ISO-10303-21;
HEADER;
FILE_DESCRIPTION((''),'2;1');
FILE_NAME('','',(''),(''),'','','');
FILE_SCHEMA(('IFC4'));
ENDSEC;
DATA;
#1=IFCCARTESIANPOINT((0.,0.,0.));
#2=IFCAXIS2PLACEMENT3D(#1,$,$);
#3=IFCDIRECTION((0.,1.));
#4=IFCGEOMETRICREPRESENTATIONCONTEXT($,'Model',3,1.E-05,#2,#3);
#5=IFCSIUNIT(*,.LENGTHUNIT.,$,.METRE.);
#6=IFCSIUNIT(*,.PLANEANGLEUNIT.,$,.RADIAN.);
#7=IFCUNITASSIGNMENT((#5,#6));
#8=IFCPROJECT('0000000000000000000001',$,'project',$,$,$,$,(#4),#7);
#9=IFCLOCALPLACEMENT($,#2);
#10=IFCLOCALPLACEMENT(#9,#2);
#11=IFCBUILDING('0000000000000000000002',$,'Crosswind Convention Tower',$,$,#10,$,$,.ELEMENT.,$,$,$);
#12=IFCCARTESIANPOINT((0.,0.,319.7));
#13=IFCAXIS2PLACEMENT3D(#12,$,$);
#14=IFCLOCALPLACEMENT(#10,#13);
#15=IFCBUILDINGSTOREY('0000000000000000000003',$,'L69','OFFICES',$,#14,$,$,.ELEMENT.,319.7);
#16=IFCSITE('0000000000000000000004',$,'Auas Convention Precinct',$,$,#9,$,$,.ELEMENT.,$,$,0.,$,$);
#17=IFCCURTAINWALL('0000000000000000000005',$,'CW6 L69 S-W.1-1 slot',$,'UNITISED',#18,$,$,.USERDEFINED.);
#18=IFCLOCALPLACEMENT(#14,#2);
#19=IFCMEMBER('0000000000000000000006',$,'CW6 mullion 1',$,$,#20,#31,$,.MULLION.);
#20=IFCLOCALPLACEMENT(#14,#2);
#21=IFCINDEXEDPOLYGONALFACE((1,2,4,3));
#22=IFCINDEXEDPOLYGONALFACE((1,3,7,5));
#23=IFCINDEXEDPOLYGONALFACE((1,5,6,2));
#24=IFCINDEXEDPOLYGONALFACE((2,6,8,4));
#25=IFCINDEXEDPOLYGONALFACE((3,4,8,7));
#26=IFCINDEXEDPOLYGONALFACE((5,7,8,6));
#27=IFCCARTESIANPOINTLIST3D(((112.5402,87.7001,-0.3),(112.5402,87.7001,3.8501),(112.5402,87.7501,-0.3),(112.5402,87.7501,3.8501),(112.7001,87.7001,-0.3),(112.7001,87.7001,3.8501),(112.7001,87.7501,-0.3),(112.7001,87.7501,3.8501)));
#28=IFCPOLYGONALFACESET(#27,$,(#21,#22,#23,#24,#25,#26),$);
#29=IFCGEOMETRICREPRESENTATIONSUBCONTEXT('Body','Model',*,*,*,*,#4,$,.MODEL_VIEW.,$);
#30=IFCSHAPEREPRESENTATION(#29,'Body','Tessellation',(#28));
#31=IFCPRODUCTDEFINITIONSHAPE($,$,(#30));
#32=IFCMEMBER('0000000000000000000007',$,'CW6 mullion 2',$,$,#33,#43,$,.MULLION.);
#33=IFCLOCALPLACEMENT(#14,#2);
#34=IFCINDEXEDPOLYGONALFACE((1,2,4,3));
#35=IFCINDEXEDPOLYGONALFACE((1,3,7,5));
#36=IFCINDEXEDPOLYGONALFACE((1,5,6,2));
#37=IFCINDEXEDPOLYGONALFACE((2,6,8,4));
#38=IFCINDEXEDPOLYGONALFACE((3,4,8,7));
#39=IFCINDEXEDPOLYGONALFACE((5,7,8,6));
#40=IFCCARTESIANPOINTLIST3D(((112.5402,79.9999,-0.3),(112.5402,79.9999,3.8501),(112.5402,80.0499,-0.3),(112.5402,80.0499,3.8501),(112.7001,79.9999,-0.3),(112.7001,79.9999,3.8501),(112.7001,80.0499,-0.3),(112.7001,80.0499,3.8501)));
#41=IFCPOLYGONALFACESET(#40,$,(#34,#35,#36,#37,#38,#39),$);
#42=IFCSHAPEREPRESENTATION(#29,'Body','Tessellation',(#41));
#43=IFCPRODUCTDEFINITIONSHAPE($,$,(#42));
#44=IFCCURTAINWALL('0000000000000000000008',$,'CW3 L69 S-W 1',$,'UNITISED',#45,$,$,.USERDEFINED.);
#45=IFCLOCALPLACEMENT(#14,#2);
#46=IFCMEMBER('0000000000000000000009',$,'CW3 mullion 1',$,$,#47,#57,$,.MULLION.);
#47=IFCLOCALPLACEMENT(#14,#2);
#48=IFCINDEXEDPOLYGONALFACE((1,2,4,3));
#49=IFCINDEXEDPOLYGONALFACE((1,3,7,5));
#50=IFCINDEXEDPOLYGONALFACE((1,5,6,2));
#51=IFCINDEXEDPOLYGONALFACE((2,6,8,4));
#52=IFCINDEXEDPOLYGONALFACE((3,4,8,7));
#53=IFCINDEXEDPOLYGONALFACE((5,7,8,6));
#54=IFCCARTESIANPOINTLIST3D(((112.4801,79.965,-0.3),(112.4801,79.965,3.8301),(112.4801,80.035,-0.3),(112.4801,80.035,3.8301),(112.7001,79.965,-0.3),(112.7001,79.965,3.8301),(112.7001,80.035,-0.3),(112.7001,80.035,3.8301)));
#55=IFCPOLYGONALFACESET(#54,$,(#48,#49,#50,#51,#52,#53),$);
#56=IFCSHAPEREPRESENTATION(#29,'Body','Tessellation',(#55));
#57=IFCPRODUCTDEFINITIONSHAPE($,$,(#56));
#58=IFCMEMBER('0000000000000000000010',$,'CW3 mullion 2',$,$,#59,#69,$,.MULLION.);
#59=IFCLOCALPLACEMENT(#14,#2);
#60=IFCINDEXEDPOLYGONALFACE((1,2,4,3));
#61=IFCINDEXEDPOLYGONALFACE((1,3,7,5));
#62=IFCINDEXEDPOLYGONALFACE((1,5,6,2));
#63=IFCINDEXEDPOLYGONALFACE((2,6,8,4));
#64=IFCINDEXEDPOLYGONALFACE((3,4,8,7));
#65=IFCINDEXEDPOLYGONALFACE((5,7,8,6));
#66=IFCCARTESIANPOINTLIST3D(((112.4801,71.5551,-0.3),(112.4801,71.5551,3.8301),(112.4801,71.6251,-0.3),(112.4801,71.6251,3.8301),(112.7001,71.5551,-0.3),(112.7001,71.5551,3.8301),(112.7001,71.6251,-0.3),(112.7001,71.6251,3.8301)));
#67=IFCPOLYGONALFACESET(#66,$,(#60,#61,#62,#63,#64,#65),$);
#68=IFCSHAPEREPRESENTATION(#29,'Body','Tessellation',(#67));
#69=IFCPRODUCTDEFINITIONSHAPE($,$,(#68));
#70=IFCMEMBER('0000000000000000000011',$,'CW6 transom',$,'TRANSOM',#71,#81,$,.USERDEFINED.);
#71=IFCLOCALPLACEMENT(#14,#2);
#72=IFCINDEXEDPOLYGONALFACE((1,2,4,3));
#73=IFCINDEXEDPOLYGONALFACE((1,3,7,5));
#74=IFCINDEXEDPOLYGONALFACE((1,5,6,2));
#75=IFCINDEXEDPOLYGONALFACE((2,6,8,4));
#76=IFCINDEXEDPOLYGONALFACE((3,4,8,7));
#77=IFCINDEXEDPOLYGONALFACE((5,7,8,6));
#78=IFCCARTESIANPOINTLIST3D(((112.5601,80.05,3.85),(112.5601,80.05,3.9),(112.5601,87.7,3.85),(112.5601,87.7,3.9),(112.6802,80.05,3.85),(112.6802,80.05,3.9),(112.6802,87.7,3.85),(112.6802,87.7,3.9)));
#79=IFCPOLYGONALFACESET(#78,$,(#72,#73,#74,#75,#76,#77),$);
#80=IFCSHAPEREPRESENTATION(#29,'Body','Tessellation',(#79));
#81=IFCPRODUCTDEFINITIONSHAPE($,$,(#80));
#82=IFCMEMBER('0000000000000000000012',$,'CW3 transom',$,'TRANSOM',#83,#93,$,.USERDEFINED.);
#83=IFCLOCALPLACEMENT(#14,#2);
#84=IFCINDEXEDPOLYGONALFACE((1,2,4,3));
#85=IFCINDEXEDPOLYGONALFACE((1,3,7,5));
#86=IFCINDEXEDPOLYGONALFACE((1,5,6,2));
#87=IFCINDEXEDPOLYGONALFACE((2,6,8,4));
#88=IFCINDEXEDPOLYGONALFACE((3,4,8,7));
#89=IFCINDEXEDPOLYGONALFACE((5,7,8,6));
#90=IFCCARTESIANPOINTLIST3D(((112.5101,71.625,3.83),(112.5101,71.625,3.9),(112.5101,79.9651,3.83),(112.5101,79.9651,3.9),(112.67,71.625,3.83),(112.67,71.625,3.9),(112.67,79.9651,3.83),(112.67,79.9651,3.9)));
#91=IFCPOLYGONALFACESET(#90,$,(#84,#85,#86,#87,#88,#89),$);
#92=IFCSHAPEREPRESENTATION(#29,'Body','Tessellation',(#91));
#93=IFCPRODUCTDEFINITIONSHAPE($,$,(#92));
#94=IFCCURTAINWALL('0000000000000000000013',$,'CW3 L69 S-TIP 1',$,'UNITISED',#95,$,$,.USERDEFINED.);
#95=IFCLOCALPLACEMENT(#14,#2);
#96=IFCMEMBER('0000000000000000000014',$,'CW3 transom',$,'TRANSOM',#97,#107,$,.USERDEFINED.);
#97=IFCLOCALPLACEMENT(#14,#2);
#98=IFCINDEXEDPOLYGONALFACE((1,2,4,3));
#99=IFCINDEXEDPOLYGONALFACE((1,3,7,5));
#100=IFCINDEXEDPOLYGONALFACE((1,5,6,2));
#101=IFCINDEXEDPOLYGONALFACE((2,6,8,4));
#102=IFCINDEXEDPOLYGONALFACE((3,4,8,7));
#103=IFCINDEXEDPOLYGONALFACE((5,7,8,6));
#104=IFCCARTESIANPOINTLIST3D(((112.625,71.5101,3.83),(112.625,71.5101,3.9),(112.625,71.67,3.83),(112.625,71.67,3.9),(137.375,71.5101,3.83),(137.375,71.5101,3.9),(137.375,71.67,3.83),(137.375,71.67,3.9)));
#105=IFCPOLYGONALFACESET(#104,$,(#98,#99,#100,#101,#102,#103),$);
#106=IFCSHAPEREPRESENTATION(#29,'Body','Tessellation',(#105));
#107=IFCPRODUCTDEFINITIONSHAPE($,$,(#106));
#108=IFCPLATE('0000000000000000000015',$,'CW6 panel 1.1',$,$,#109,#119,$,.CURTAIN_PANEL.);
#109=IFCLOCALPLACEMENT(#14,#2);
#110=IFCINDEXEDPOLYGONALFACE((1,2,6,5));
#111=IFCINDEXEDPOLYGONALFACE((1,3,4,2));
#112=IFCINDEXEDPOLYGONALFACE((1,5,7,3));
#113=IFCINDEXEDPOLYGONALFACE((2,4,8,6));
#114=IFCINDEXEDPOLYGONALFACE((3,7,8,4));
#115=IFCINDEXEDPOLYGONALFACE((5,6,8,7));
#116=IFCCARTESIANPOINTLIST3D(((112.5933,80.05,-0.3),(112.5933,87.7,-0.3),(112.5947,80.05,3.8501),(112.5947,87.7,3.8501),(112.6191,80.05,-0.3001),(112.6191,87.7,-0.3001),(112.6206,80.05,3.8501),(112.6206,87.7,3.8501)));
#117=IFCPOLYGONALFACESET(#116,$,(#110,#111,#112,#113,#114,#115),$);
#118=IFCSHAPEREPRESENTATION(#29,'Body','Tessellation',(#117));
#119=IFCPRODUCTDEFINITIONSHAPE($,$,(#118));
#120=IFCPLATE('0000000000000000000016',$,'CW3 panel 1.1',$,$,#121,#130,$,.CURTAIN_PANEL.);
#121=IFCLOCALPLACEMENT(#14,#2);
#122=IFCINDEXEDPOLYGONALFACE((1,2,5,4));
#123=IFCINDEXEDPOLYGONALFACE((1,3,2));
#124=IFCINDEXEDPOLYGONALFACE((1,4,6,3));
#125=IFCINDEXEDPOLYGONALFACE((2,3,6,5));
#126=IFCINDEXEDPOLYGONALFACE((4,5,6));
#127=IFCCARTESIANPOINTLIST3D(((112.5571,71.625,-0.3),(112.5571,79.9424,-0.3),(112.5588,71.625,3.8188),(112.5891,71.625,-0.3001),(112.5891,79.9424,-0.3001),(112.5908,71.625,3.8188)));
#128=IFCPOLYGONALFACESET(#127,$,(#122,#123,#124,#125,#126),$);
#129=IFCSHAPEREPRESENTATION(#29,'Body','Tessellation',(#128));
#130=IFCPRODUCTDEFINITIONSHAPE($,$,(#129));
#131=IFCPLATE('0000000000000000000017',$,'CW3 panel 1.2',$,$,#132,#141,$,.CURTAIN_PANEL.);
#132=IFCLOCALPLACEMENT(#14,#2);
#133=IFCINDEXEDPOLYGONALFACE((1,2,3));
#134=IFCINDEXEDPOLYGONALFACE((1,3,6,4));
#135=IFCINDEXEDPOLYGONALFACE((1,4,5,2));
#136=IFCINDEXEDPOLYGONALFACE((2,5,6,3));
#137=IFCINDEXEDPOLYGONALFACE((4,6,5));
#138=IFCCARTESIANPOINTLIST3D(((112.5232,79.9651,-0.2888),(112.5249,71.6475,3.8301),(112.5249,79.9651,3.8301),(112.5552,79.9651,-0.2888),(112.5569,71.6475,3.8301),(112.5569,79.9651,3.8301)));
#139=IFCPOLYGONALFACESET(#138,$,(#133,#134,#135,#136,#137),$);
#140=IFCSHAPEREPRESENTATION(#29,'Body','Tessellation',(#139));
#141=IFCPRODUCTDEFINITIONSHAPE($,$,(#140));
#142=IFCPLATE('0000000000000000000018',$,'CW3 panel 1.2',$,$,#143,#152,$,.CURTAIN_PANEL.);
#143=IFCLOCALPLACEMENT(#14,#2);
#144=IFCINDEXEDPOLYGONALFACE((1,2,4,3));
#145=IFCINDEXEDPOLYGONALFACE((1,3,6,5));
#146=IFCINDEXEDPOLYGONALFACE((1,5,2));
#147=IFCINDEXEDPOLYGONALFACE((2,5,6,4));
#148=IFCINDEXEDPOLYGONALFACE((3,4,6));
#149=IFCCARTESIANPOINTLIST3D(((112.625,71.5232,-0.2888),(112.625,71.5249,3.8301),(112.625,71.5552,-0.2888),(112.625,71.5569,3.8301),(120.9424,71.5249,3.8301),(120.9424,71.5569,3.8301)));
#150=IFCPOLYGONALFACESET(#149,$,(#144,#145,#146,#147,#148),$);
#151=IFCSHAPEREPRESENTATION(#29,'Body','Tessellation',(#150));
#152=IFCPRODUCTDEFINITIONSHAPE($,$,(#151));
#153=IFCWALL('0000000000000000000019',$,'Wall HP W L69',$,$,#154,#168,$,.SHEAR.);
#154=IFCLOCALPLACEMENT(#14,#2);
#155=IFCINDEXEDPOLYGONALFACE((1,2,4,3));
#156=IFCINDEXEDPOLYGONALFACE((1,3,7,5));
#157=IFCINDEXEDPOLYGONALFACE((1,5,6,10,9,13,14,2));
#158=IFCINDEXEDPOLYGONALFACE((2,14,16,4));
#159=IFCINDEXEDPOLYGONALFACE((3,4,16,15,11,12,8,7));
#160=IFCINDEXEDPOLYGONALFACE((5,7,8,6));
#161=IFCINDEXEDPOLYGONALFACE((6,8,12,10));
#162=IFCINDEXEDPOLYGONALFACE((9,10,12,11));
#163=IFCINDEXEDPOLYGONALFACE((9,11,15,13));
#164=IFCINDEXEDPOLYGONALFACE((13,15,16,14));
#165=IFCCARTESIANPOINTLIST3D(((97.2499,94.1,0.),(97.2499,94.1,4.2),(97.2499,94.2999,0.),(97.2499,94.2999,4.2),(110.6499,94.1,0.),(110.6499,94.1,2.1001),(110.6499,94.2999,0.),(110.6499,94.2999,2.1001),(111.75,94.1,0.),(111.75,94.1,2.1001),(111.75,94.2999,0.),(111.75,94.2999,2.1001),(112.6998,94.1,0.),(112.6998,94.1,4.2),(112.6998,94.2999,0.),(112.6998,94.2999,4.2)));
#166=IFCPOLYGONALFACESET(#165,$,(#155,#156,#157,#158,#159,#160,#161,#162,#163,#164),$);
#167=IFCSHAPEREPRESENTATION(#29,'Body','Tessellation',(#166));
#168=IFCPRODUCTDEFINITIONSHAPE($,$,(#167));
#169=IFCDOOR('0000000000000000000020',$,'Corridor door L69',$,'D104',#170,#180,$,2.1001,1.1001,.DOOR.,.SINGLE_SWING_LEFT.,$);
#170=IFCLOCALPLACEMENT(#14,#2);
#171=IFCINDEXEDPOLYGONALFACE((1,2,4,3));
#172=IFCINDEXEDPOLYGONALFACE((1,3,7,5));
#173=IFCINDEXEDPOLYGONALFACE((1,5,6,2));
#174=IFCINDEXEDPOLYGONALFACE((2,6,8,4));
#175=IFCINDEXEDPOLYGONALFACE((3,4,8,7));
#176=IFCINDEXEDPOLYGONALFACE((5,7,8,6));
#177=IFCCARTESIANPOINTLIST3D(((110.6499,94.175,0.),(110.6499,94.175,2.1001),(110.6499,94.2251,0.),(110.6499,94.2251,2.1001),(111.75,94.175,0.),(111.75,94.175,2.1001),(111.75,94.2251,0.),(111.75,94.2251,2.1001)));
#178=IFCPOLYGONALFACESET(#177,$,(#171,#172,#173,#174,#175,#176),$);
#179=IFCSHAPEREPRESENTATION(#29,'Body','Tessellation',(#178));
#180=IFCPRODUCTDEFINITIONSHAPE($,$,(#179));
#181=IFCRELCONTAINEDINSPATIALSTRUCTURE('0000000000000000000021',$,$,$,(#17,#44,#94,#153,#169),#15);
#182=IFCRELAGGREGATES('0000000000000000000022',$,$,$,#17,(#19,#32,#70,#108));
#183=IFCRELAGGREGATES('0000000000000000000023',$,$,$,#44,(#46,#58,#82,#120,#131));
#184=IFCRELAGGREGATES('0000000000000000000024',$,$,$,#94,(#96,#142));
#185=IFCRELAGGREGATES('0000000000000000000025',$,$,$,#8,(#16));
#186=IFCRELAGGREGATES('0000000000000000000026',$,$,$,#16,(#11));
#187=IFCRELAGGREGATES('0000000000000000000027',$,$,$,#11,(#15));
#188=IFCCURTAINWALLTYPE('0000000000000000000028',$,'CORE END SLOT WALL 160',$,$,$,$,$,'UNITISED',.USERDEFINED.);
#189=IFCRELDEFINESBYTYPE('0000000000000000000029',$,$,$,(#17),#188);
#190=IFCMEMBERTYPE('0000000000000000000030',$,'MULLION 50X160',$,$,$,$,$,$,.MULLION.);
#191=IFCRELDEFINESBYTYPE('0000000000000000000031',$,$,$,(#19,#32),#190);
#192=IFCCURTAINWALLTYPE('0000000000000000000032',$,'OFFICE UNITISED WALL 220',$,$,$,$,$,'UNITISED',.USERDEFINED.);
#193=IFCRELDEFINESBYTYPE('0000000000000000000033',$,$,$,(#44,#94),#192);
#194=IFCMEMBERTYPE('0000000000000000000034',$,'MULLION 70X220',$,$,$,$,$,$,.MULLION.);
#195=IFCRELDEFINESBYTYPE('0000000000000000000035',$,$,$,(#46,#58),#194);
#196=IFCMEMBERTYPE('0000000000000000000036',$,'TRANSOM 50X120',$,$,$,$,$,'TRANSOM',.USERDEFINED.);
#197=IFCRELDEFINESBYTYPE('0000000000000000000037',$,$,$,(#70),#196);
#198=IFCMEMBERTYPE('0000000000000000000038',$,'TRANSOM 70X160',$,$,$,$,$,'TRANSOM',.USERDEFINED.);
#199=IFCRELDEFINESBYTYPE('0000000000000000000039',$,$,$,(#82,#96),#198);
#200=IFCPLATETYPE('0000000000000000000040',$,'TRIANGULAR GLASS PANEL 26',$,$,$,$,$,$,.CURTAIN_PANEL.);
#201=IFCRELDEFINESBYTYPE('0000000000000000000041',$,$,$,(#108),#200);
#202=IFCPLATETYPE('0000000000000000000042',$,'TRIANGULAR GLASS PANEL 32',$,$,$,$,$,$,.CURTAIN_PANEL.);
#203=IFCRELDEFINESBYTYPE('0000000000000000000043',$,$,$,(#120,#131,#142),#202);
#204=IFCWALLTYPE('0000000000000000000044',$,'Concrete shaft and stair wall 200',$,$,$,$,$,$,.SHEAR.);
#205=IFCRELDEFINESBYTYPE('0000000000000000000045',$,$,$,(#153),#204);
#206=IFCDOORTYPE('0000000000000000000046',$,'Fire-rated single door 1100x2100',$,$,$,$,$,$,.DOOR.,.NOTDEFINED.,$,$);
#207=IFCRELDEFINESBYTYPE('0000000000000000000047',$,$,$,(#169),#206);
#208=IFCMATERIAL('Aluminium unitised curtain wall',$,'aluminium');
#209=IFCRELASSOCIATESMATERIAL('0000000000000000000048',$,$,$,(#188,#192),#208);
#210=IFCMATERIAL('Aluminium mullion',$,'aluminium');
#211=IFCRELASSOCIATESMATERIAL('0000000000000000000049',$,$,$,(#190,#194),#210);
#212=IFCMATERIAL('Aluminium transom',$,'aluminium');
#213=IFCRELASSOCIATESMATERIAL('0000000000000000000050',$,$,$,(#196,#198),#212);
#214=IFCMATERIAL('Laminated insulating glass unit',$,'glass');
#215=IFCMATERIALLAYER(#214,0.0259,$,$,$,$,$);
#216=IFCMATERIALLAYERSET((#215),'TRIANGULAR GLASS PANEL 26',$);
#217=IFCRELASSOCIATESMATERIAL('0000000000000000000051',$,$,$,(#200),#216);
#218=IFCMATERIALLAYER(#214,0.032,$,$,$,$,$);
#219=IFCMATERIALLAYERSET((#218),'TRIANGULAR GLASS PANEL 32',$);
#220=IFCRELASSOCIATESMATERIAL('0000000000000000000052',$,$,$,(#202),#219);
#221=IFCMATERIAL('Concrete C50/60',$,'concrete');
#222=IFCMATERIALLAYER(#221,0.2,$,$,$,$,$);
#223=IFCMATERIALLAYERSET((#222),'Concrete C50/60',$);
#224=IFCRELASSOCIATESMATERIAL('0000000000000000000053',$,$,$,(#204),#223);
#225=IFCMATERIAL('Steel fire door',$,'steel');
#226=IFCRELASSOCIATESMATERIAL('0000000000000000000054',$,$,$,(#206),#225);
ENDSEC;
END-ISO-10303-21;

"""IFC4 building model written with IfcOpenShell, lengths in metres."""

from ifc_helpers import new_model, si_unit, direction, frame, frame_2d, origin, origin_2d, place, context, subcontext, project, spatial, polyline, rectangle, outline, extrude, material, layer, layer_set, material_profile, profile_set, type_object, element, fill, aggregate, save


model = new_model("IFC4")

# Units and contexts
model_context = context("Model", 3, precision=1e-05, world=origin(), true_north=direction((0.0, 1.0)))
body_context = subcontext(model_context, "Body", "Model", "MODEL_VIEW")
ifc_project = project(units=[si_unit("LENGTHUNIT", "METRE"), si_unit("PLANEANGLEUNIT", "RADIAN")], contexts=[model_context])

# Site, building, storey
site_placement = place(None, origin())
site = spatial("IfcSite", under=ifc_project, at=site_placement, Name="Auas Convention Precinct", CompositionType="ELEMENT", RefElevation=0.0)
building_placement = place(site_placement, origin())
building = spatial("IfcBuilding", under=site, at=building_placement, Name="Crosswind Convention Tower", CompositionType="ELEMENT")
storey_placement = place(building_placement, frame((0.0, 0.0, 319.7)))
storey = spatial("IfcBuildingStorey", under=building, at=storey_placement, Name="L69", Description="OFFICES", CompositionType="ELEMENT", Elevation=319.7)

# Curtain walls, members
ifc_material_1 = material(Name="Aluminium unitised curtain wall", Category="aluminium")
curtain_wall_type_1 = type_object("IfcCurtainWallType", Name="CORE END SLOT WALL 160", ElementType="UNITISED", PredefinedType="USERDEFINED", material=ifc_material_1)
curtain_wall_1_placement = place(storey_placement, origin())
curtain_wall_1 = element("IfcCurtainWall", 1, at=curtain_wall_1_placement, inside=storey, type_object=curtain_wall_type_1, Name="CW6 L69 S-W.1-1 slot", ObjectType="UNITISED", PredefinedType="USERDEFINED")
ifc_material_2 = material(Name="Aluminium mullion", Category="aluminium")
ifc_material_profile_1 = material_profile(ifc_material_2, rectangle(XDim=0.1599, YDim=0.05, at=origin_2d()), Name="AL 160X50")
ifc_profile_set_1 = profile_set([ifc_material_profile_1], Name="Aluminium mullion")
member_type_1 = type_object("IfcMemberType", Name="MULLION 50X160", PredefinedType="MULLION", material=ifc_profile_set_1)
member_1_placement = place(storey_placement, frame((112.6201, 87.7251, -0.3), z_axis=(0.0, 0.0, 1.0), x_axis=(-1.0, 0.0, 0.0)))
member_1 = element("IfcMember", 2, at=member_1_placement, type_object=member_type_1, Name="CW6 mullion 1", PredefinedType="MULLION", context=body_context, shape_type="SweptSolid", body=[
    extrude(rectangle(XDim=0.1599, YDim=0.05, at=origin_2d()), origin(), (0.0, 0.0, 1.0), 4.1501),
])
member_2_placement = place(storey_placement, frame((112.6201, 80.0249, -0.3), z_axis=(0.0, 0.0, 1.0), x_axis=(-1.0, 0.0, 0.0)))
member_2 = element("IfcMember", 3, at=member_2_placement, type_object=member_type_1, Name="CW6 mullion 2", PredefinedType="MULLION", context=body_context, shape_type="SweptSolid", body=[
    extrude(rectangle(XDim=0.1599, YDim=0.05, at=origin_2d()), origin(), (0.0, 0.0, 1.0), 4.1501),
])
curtain_wall_type_2 = type_object("IfcCurtainWallType", Name="OFFICE UNITISED WALL 220", ElementType="UNITISED", PredefinedType="USERDEFINED", material=ifc_material_1)
curtain_wall_2_placement = place(storey_placement, origin())
curtain_wall_2 = element("IfcCurtainWall", 4, at=curtain_wall_2_placement, inside=storey, type_object=curtain_wall_type_2, Name="CW3 L69 S-W 1", ObjectType="UNITISED", PredefinedType="USERDEFINED")
ifc_material_profile_2 = material_profile(ifc_material_2, rectangle(XDim=0.22, YDim=0.0701, at=origin_2d()), Name="AL 220X70")
ifc_profile_set_2 = profile_set([ifc_material_profile_2], Name="Aluminium mullion")
member_type_2 = type_object("IfcMemberType", Name="MULLION 70X220", PredefinedType="MULLION", material=ifc_profile_set_2)
member_3_placement = place(storey_placement, frame((112.5901, 80.0, -0.3), z_axis=(0.0, 0.0, 1.0), x_axis=(-1.0, 0.0, 0.0)))
member_3 = element("IfcMember", 5, at=member_3_placement, type_object=member_type_2, Name="CW3 mullion 1", PredefinedType="MULLION", context=body_context, shape_type="SweptSolid", body=[
    extrude(rectangle(XDim=0.22, YDim=0.0701, at=origin_2d()), origin(), (0.0, 0.0, 1.0), 4.1301),
])
member_4_placement = place(storey_placement, frame((112.5901, 71.5901, -0.3), z_axis=(0.0, 0.0, 1.0), x_axis=(-1.0, 0.0, 0.0)))
member_4 = element("IfcMember", 6, at=member_4_placement, type_object=member_type_2, Name="CW3 mullion 2", PredefinedType="MULLION", context=body_context, shape_type="SweptSolid", body=[
    extrude(rectangle(XDim=0.22, YDim=0.0701, at=origin_2d()), origin(), (0.0, 0.0, 1.0), 4.1301),
])

# Members
ifc_material_3 = material(Name="Aluminium transom", Category="aluminium")
ifc_material_profile_3 = material_profile(ifc_material_3, rectangle(XDim=0.1201, YDim=0.05, at=origin_2d()), Name="AL 120X50")
ifc_profile_set_3 = profile_set([ifc_material_profile_3], Name="Aluminium transom")
member_type_3 = type_object("IfcMemberType", Name="TRANSOM 50X120", ElementType="TRANSOM", PredefinedType="USERDEFINED", material=ifc_profile_set_3)
member_5_placement = place(storey_placement, frame((112.6201, 87.7, 3.875), z_axis=(0.0, -1.0, 0.0), x_axis=(1.0, 0.0, 0.0)))
member_5 = element("IfcMember", 7, at=member_5_placement, type_object=member_type_3, Name="CW6 transom", ObjectType="TRANSOM", PredefinedType="USERDEFINED", context=body_context, shape_type="SweptSolid", body=[
    extrude(rectangle(XDim=0.1201, YDim=0.05, at=origin_2d()), origin(), (0.0, 0.0, 1.0), 7.6499),
])
ifc_material_profile_4 = material_profile(ifc_material_3, rectangle(XDim=0.1599, YDim=0.0701, at=origin_2d()), Name="AL 160X70")
ifc_profile_set_4 = profile_set([ifc_material_profile_4], Name="Aluminium transom")
member_type_4 = type_object("IfcMemberType", Name="TRANSOM 70X160", ElementType="TRANSOM", PredefinedType="USERDEFINED", material=ifc_profile_set_4)
member_6_placement = place(storey_placement, frame((112.5901, 79.9651, 3.865), z_axis=(0.0, -1.0, 0.0), x_axis=(1.0, 0.0, 0.0)))
member_6 = element("IfcMember", 8, at=member_6_placement, type_object=member_type_4, Name="CW3 transom", ObjectType="TRANSOM", PredefinedType="USERDEFINED", context=body_context, shape_type="SweptSolid", body=[
    extrude(rectangle(XDim=0.1599, YDim=0.0701, at=origin_2d()), origin(), (0.0, 0.0, 1.0), 8.3401),
])

# Curtain wall, member
curtain_wall_3_placement = place(storey_placement, origin())
curtain_wall_3 = element("IfcCurtainWall", 9, at=curtain_wall_3_placement, inside=storey, type_object=curtain_wall_type_2, Name="CW3 L69 S-TIP 1", ObjectType="UNITISED", PredefinedType="USERDEFINED")
member_7_placement = place(storey_placement, frame((112.625, 71.5901, 3.865), z_axis=(1.0, 0.0, 0.0), x_axis=(0.0, 1.0, 0.0)))
member_7 = element("IfcMember", 10, at=member_7_placement, type_object=member_type_4, Name="CW3 transom", ObjectType="TRANSOM", PredefinedType="USERDEFINED", context=body_context, shape_type="SweptSolid", body=[
    extrude(rectangle(XDim=0.1599, YDim=0.0701, at=origin_2d()), origin(), (0.0, 0.0, 1.0), 24.75),
])

# Plates
ifc_material_4 = material(Name="Laminated insulating glass unit", Category="glass")
ifc_layer_1 = layer(ifc_material_4, 0.0259)
ifc_layer_set_1 = layer_set([ifc_layer_1], Name="TRIANGULAR GLASS PANEL 26")
plate_type_1 = type_object("IfcPlateType", Name="TRIANGULAR GLASS PANEL 26", PredefinedType="CURTAIN_PANEL", material=ifc_layer_set_1)
plate_1_placement = place(storey_placement, frame((112.5933, 87.7, -0.3), z_axis=(-1.0, 0.0, 0.000353), x_axis=(0.0, -1.0, 0.0)))
plate_1 = element("IfcPlate", 11, at=plate_1_placement, type_object=plate_type_1, Name="CW6 panel 1.1", PredefinedType="CURTAIN_PANEL", context=body_context, shape_type="SweptSolid", body=[
    extrude(outline(polyline([(0.0, 0.0), (7.6499, 0.0), (7.6499, 4.1501), (0.0, 4.1501), (0.0, 0.0)])), origin(), (0.0, 0.0, -1.0), 0.0259),
])
aggregate(curtain_wall_1, [member_1, member_2, member_5, plate_1])
ifc_layer_2 = layer(ifc_material_4, 0.032)
ifc_layer_set_2 = layer_set([ifc_layer_2], Name="TRIANGULAR GLASS PANEL 32")
plate_type_2 = type_object("IfcPlateType", Name="TRIANGULAR GLASS PANEL 32", PredefinedType="CURTAIN_PANEL", material=ifc_layer_set_2)
plate_2_placement = place(storey_placement, frame((112.5571, 71.625, -0.3), z_axis=(-1.0, 0.0, 0.000415), x_axis=(0.000415, 0.0, 1.0)))
plate_2 = element("IfcPlate", 12, at=plate_2_placement, type_object=plate_type_2, Name="CW3 panel 1.1", PredefinedType="CURTAIN_PANEL", context=body_context, shape_type="SweptSolid", body=[
    extrude(outline(polyline([(0.0, 0.0), (4.1189, 0.0), (0.0, 8.3174), (0.0, 0.0)])), origin(), (0.0, 0.0, -1.0), 0.032),
])
plate_3_placement = place(storey_placement, frame((112.5249, 79.9651, 3.8301), z_axis=(-1.0, 0.0, 0.000415), x_axis=(-0.000415, 0.0, -1.0)))
plate_3 = element("IfcPlate", 13, at=plate_3_placement, type_object=plate_type_2, Name="CW3 panel 1.2", PredefinedType="CURTAIN_PANEL", context=body_context, shape_type="SweptSolid", body=[
    extrude(outline(polyline([(0.0, 0.0), (4.1189, 0.0), (0.0, 8.3176), (0.0, 0.0)])), origin(), (0.0, 0.0, -1.0), 0.032),
])
plate_4_placement = place(storey_placement, frame((112.625, 71.5249, 3.8301), z_axis=(0.0, -1.0, 0.000415), x_axis=(0.0, -0.000415, -1.0)))
plate_4 = element("IfcPlate", 14, at=plate_4_placement, type_object=plate_type_2, Name="CW3 panel 1.2", PredefinedType="CURTAIN_PANEL", context=body_context, shape_type="SweptSolid", body=[
    extrude(outline(polyline([(0.0, 0.0), (4.1189, 0.0), (0.0, 8.3174), (0.0, 0.0)])), origin(), (0.0, 0.0, -1.0), 0.032),
])

# Wall, opening, door
ifc_material_5 = material(Name="Concrete C50/60", Category="concrete")
ifc_layer_3 = layer(ifc_material_5, 0.2)
ifc_layer_set_3 = layer_set([ifc_layer_3], Name="Concrete C50/60")
wall_type = type_object("IfcWallType", Name="Concrete shaft and stair wall 200", PredefinedType="SHEAR", material=ifc_layer_set_3)
wall_1_placement = place(storey_placement, frame((112.7, 94.2, 0.0), z_axis=(0.0, 0.0, 1.0), x_axis=(-1.0, 0.0, 0.0)))
wall_1 = element("IfcWall", 15, at=wall_1_placement, inside=storey, type_object=wall_type, Name="Wall HP W L69", PredefinedType="SHEAR", context=body_context, shape_type="SweptSolid", body=[
    extrude(rectangle(XDim=15.45, YDim=0.2, at=frame_2d((7.7251, 0.0))), origin(), (0.0, 0.0, 1.0), 4.2),
])
opening_1_placement = place(wall_1_placement, frame((0.95, 0.0, 0.0)))
opening_1 = element("IfcOpeningElement", 16, at=opening_1_placement, cuts=wall_1, PredefinedType="OPENING", context=body_context, shape_type="SweptSolid", body=[
    extrude(rectangle(XDim=1.1001, YDim=2.1001, at=frame_2d((0.55, 1.05))), frame((0.0, 0.1099, 0.0), z_axis=(0.0, -1.0, 0.0), x_axis=(1.0, 0.0, 0.0)), (0.0, 0.0, 1.0), 0.22),
])
ifc_material_6 = material(Name="Steel fire door", Category="steel")
door_type_1 = type_object("IfcDoorType", Name="Fire-rated single door 1100x2100", OperationType="NOTDEFINED", PredefinedType="DOOR", material=ifc_material_6)
door_1_placement = place(opening_1_placement, origin())
door_1 = element("IfcDoor", 17, at=door_1_placement, inside=storey, type_object=door_type_1, Name="Corridor door L69", ObjectType="D104", OperationType="SINGLE_SWING_LEFT", OverallHeight=2.1001, OverallWidth=1.1001, PredefinedType="DOOR", context=body_context, shape_type="SweptSolid", body=[
    extrude(rectangle(XDim=1.1001, YDim=2.1001, at=frame_2d((0.55, 1.05))), frame((0.0, 0.0249, 0.0), z_axis=(0.0, -1.0, 0.0), x_axis=(1.0, 0.0, 0.0)), (0.0, 0.0, 1.0), 0.05),
])
fill(opening_1, door_1)

aggregate(curtain_wall_2, [member_3, member_4, member_6, plate_2, plate_3])
aggregate(curtain_wall_3, [member_7, plate_4])

save(model, "model.ifc")
